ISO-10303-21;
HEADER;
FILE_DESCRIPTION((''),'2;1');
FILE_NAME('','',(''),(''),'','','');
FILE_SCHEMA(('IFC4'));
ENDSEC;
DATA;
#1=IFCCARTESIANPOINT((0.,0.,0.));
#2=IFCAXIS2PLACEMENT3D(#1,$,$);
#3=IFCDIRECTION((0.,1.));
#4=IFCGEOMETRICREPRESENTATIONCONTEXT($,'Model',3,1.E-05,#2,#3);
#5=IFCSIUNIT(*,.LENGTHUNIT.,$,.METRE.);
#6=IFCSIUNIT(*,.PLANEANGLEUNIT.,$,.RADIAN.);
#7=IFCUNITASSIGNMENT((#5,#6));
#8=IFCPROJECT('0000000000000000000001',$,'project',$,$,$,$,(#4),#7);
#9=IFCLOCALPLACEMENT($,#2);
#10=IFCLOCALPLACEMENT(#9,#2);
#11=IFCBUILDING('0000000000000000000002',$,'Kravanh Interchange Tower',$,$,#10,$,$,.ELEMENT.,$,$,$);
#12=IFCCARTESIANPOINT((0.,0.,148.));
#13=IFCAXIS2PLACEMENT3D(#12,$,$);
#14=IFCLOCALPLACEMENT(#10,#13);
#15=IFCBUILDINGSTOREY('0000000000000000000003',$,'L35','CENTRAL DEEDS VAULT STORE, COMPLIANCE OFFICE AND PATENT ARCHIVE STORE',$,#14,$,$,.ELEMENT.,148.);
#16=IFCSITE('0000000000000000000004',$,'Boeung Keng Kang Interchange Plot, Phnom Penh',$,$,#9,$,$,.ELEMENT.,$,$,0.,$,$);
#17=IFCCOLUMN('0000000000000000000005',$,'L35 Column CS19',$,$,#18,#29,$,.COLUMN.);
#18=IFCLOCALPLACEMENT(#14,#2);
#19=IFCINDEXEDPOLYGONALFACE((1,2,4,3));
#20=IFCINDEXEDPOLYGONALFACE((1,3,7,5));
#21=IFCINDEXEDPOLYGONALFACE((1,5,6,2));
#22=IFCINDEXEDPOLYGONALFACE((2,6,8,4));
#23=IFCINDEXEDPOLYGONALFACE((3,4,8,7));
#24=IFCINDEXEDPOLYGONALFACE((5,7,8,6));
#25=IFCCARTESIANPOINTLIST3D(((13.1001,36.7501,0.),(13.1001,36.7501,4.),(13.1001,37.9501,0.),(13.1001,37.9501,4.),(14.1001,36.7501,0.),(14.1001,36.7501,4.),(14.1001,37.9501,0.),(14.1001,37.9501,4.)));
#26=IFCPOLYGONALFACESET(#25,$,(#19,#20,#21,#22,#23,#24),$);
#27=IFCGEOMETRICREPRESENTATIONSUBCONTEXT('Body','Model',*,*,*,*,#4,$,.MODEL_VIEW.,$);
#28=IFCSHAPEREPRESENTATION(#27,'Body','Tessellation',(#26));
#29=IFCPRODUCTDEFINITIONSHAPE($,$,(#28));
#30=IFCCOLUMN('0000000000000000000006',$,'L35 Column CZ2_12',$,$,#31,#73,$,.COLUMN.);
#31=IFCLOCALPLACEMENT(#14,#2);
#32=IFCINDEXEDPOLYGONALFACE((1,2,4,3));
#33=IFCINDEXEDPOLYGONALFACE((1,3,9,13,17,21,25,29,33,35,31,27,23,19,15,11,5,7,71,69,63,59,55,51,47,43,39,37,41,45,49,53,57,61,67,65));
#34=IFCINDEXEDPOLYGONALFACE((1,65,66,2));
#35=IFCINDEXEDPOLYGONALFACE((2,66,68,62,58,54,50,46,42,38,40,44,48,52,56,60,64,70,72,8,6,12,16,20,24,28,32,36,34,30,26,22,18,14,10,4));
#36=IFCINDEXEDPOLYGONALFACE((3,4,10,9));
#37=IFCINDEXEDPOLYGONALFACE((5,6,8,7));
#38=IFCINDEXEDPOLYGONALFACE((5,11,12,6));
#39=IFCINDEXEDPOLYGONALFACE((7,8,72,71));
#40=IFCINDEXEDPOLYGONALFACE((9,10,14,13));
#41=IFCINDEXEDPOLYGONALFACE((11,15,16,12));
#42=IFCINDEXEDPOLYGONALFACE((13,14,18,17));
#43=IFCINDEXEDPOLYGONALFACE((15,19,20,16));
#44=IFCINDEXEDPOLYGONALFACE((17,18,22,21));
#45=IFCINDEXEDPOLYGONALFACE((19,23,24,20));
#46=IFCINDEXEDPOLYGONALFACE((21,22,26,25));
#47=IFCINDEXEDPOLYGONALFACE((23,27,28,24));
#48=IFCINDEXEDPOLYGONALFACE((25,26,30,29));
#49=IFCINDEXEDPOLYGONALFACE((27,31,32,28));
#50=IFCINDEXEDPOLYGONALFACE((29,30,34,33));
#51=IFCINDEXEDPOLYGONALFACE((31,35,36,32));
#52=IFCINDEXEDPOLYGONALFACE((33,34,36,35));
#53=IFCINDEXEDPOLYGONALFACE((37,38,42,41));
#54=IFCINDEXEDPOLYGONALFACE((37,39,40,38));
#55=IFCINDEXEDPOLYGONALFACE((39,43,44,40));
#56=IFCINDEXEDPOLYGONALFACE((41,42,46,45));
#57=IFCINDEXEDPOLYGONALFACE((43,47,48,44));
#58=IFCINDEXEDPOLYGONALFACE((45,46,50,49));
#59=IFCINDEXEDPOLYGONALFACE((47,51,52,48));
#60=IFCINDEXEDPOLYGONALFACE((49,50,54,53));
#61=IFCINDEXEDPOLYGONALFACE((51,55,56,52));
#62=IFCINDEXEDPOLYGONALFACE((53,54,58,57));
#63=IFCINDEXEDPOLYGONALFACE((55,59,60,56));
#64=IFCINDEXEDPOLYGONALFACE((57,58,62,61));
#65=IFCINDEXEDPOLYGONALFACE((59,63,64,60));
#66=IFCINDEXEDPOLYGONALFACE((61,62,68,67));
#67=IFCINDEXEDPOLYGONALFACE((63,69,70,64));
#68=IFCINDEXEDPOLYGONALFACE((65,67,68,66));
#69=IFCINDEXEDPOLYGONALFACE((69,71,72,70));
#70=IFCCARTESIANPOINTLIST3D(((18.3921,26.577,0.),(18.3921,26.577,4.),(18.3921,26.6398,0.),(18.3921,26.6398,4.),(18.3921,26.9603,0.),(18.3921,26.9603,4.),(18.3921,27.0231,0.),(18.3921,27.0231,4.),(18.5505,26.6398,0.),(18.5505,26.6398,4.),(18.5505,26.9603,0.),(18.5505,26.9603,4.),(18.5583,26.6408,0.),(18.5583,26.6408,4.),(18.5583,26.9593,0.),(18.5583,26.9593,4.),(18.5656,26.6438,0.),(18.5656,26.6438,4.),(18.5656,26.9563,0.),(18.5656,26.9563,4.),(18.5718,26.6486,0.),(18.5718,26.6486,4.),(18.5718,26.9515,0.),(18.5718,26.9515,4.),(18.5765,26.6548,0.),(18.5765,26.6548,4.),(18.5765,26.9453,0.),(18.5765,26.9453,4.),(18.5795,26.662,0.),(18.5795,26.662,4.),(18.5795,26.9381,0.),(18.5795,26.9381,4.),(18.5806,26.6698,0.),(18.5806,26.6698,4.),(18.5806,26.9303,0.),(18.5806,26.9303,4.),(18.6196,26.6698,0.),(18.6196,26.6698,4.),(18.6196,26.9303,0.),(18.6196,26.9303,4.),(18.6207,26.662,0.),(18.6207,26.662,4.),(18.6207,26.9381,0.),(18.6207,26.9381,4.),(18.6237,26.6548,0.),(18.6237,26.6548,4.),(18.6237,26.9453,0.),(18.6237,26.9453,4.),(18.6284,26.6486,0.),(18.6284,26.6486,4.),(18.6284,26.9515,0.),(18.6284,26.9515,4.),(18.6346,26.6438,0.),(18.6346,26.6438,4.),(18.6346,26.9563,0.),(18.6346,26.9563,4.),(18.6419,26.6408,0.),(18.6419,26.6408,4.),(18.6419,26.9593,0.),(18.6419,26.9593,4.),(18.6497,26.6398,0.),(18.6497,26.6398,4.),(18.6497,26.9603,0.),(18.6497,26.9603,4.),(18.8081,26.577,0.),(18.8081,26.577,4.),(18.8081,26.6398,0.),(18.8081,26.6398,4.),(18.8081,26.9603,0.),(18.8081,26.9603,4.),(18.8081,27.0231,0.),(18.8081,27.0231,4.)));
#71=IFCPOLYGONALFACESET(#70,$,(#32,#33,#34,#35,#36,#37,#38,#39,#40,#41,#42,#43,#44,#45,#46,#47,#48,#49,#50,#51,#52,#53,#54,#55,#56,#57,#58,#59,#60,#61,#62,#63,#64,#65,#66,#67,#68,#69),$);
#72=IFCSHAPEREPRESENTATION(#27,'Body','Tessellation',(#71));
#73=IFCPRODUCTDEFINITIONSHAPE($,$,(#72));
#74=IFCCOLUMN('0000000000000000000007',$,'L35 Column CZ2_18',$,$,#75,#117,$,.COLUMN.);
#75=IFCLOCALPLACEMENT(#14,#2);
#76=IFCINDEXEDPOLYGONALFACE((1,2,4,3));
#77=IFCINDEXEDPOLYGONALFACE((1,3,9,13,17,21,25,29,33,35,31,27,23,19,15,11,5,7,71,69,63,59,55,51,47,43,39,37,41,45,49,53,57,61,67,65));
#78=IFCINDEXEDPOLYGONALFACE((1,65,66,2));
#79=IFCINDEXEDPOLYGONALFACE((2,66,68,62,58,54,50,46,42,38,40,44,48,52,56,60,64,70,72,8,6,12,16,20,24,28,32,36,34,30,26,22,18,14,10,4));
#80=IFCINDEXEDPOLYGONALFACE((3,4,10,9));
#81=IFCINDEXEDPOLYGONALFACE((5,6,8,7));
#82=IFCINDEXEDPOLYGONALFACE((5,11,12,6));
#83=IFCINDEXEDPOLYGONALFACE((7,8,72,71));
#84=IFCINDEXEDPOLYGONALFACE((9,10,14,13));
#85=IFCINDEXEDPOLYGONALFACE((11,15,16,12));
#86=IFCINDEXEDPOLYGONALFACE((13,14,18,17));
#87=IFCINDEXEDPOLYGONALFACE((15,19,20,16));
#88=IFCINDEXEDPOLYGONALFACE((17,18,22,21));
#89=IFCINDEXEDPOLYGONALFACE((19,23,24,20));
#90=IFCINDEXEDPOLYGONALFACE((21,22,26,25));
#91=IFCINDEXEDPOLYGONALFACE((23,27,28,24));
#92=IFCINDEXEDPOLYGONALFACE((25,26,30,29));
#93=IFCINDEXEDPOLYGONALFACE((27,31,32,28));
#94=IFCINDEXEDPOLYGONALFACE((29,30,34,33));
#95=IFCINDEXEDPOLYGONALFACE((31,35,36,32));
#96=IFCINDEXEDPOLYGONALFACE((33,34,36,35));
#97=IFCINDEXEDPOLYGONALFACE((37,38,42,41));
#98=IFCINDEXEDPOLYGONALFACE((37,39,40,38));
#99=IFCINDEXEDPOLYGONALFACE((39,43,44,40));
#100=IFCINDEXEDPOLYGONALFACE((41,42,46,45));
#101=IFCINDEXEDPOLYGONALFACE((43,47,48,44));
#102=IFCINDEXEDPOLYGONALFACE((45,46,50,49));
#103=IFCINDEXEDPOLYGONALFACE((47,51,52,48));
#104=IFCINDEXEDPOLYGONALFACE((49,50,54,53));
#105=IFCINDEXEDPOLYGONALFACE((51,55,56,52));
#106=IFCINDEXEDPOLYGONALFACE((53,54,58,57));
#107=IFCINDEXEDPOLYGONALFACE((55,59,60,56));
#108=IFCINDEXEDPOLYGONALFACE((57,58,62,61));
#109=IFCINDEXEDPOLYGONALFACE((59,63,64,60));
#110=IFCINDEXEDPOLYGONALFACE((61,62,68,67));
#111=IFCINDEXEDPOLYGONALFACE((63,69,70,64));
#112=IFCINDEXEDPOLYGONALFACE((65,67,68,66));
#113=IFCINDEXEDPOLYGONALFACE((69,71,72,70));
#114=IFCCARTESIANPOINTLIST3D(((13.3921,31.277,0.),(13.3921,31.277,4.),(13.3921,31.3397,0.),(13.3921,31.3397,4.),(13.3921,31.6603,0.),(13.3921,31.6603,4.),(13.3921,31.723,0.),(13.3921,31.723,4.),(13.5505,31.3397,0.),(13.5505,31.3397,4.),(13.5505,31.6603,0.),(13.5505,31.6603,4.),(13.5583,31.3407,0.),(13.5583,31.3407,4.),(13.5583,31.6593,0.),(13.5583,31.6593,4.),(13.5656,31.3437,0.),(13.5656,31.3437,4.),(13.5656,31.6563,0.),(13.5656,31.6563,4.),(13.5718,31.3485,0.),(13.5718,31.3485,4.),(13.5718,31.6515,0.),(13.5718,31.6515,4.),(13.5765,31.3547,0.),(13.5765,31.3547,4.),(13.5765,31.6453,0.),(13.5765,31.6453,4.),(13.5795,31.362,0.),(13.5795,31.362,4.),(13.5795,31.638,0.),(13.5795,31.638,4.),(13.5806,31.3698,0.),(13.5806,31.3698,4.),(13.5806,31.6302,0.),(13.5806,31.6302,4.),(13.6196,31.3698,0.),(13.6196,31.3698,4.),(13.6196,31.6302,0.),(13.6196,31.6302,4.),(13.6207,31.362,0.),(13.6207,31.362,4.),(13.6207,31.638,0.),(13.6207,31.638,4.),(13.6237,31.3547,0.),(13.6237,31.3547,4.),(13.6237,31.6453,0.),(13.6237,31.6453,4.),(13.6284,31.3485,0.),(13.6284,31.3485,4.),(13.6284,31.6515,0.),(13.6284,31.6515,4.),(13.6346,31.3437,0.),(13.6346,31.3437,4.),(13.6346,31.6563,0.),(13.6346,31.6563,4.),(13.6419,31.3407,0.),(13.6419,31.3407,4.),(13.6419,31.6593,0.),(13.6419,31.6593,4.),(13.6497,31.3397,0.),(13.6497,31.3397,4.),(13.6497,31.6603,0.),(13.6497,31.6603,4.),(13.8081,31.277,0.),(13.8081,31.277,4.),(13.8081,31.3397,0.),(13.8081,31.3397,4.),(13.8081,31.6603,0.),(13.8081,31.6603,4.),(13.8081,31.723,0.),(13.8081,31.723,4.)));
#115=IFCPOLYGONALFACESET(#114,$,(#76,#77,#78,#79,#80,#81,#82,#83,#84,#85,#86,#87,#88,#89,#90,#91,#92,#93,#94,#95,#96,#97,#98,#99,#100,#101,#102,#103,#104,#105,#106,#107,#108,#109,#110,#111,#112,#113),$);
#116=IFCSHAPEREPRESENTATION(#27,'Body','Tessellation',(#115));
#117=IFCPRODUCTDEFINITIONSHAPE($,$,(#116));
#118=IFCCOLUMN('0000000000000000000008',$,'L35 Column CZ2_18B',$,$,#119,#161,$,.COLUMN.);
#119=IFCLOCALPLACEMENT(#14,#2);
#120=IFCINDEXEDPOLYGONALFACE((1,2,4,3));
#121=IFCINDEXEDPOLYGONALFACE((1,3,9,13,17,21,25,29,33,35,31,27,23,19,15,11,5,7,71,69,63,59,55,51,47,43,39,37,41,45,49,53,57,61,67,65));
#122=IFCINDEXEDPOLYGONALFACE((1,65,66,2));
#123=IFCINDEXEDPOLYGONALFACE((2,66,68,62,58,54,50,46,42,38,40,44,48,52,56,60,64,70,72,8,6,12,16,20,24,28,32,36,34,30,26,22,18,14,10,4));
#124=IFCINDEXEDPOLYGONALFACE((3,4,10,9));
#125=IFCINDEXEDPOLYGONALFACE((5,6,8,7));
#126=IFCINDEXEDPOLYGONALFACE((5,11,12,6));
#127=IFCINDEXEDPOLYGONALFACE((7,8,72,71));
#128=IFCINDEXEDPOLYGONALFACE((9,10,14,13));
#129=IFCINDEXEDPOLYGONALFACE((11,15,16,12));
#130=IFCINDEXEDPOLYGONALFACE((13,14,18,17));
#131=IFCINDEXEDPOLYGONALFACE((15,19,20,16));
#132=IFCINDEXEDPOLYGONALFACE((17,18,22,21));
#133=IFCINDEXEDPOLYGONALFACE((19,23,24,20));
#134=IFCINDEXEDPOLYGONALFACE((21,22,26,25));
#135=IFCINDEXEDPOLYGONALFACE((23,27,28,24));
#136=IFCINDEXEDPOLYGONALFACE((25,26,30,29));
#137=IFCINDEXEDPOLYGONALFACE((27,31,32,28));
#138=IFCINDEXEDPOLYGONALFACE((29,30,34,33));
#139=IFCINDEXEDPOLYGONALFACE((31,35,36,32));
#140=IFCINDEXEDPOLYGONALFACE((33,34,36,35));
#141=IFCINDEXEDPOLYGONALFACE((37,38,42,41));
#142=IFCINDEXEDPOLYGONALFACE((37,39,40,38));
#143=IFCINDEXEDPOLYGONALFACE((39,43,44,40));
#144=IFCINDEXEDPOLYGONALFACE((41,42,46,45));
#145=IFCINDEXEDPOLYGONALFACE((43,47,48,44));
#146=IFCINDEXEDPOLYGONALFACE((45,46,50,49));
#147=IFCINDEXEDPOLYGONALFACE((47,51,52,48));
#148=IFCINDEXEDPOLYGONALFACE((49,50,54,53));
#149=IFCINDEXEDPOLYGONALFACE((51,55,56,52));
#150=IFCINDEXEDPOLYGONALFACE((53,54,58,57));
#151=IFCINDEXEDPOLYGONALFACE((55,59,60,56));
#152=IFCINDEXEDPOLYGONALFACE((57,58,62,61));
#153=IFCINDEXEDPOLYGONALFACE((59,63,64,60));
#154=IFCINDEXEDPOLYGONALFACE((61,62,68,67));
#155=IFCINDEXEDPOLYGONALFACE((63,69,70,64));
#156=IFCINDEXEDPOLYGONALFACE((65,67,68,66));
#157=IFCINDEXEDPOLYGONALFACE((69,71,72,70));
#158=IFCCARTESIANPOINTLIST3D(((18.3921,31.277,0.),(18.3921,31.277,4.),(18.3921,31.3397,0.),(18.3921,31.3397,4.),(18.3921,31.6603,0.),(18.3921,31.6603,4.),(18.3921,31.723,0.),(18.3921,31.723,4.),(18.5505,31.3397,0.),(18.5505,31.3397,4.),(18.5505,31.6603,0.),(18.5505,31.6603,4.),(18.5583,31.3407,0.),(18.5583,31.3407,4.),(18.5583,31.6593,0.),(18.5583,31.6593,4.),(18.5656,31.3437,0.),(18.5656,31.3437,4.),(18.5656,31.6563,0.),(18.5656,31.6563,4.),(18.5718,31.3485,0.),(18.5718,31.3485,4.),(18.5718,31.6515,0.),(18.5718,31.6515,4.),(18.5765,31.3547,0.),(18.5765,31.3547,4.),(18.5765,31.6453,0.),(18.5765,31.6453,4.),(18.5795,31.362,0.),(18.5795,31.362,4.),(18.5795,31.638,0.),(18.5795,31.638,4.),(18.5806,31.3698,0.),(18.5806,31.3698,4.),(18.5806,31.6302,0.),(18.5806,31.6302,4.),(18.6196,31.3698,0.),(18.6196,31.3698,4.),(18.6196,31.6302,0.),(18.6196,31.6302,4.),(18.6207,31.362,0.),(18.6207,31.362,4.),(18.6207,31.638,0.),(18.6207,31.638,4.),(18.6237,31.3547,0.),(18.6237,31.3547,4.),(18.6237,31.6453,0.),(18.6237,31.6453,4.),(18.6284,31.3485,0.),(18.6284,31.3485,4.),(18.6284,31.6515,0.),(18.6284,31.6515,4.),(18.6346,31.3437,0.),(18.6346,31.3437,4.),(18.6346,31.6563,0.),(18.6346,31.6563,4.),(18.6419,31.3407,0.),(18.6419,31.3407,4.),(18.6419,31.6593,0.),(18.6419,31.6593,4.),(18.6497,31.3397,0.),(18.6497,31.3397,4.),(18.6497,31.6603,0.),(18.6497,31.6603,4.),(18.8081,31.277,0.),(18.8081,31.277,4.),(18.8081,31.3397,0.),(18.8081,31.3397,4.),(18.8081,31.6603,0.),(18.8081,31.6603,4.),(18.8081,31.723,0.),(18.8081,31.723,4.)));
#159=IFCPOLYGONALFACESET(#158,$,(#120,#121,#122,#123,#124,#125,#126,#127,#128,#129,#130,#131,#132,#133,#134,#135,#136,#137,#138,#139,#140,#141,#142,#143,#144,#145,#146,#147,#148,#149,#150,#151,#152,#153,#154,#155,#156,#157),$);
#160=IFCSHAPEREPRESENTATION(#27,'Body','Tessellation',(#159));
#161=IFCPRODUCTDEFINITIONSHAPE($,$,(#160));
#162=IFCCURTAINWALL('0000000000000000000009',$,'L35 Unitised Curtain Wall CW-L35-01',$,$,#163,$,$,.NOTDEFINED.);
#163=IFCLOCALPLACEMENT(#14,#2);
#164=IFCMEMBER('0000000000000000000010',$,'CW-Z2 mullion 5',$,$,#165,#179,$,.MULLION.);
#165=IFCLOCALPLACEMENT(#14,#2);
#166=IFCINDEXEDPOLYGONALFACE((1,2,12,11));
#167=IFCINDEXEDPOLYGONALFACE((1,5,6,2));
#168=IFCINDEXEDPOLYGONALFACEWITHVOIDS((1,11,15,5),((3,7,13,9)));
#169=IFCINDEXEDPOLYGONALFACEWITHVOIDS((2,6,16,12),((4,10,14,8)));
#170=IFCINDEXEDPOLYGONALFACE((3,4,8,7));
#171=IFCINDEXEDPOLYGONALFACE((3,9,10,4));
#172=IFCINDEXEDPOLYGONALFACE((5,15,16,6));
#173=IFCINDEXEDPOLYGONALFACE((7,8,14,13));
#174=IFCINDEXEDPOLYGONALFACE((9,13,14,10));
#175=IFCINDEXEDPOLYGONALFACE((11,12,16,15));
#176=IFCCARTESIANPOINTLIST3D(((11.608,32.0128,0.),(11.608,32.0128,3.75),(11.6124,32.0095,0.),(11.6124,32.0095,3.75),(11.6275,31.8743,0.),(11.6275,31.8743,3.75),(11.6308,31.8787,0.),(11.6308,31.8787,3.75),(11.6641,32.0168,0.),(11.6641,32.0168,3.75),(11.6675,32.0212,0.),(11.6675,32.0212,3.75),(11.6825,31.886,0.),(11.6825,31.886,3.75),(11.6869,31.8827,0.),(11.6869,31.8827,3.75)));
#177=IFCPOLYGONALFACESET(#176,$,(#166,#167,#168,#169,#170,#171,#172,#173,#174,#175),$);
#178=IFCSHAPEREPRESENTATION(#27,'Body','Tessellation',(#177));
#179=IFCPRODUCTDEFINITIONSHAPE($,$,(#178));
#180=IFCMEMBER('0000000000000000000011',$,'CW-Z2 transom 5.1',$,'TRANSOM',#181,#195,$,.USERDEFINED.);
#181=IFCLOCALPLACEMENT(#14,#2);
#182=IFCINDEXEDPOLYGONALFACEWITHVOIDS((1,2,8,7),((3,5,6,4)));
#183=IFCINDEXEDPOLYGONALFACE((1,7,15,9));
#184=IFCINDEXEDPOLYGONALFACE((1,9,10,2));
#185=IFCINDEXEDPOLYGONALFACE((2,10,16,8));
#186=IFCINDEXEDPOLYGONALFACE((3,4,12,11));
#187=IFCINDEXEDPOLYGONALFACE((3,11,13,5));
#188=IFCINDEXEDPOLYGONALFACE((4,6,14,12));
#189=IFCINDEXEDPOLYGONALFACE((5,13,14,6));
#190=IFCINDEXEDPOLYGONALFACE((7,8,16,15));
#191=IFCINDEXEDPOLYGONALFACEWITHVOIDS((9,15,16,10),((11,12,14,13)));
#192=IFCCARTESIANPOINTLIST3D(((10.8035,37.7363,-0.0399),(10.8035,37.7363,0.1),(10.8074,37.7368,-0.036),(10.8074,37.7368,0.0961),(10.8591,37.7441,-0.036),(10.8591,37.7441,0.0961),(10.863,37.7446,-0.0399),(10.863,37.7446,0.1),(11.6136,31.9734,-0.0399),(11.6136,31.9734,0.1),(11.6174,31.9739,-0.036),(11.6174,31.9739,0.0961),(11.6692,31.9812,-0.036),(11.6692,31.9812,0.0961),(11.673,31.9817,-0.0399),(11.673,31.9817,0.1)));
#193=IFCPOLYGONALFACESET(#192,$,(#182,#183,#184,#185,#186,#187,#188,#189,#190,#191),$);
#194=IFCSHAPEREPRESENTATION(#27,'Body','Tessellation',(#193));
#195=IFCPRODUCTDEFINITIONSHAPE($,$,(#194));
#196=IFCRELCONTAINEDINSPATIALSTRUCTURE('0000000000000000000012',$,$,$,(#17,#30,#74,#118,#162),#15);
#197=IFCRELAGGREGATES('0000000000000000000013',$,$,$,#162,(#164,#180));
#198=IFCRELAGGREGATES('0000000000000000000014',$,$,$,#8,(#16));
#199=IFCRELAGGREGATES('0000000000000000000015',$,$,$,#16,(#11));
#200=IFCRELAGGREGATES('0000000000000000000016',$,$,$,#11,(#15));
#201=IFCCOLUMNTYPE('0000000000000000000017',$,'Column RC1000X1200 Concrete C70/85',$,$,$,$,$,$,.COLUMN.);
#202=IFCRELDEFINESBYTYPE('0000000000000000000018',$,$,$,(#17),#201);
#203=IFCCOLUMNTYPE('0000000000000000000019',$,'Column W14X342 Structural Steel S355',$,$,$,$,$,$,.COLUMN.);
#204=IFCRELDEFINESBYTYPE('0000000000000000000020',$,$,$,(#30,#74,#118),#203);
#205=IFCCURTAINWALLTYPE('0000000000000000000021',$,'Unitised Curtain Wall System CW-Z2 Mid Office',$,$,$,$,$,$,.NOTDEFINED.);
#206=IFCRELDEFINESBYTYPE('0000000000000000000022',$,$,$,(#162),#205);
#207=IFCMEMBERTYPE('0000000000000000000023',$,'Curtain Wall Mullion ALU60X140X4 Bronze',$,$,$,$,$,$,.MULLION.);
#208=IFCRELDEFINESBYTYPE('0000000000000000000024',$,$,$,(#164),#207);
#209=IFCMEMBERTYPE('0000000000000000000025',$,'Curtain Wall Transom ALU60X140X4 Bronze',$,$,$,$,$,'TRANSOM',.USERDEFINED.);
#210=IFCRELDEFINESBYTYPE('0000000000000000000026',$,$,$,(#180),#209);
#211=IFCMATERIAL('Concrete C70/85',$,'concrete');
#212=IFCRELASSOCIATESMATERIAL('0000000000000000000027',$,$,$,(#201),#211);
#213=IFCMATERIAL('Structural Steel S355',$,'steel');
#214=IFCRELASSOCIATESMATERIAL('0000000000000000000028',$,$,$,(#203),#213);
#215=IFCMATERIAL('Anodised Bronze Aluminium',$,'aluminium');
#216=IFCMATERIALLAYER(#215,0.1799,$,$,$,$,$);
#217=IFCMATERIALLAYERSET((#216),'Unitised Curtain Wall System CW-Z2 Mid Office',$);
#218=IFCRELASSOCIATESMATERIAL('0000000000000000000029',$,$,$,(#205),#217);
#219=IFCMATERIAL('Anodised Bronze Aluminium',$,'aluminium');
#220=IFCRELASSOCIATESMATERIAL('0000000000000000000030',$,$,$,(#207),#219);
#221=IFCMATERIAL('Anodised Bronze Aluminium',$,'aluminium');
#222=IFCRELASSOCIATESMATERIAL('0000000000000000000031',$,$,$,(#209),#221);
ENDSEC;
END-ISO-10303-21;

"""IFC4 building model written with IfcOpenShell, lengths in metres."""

from ifc_helpers import new_model, si_unit, direction, frame, origin, origin_2d, place, context, subcontext, project, spatial, rectangle, hollow_rectangle, i_section, extrude, material, layer, layer_set, material_profile, profile_set, type_object, element, aggregate, save


model = new_model("IFC4")

# Units and contexts
model_context = context("Model", 3, precision=1e-05, world=origin(), true_north=direction((0.0, 1.0)))
body_context = subcontext(model_context, "Body", "Model", "MODEL_VIEW")
ifc_project = project(units=[si_unit("LENGTHUNIT", "METRE"), si_unit("PLANEANGLEUNIT", "RADIAN")], contexts=[model_context])

# Site, building, storey
site_placement = place(None, origin())
site = spatial("IfcSite", under=ifc_project, at=site_placement, Name="Boeung Keng Kang Interchange Plot, Phnom Penh", CompositionType="ELEMENT", RefElevation=0.0)
building_placement = place(site_placement, origin())
building = spatial("IfcBuilding", under=site, at=building_placement, Name="Kravanh Interchange Tower", CompositionType="ELEMENT")
storey_placement = place(building_placement, frame((0.0, 0.0, 148.0)))
storey = spatial("IfcBuildingStorey", under=building, at=storey_placement, Name="L35", Description="CENTRAL DEEDS VAULT STORE, COMPLIANCE OFFICE AND PATENT ARCHIVE STORE", CompositionType="ELEMENT", Elevation=148.0)

# Columns
ifc_material_1 = material(Name="Concrete C70/85", Category="concrete")
ifc_material_profile_1 = material_profile(ifc_material_1, rectangle(XDim=1.0, YDim=1.2, at=origin_2d()), Name="RC1000X1200")
ifc_profile_set_1 = profile_set([ifc_material_profile_1], Name="Concrete C70/85")
column_type_1 = type_object("IfcColumnType", Name="Column RC1000X1200 Concrete C70/85", PredefinedType="COLUMN", material=ifc_profile_set_1)
column_placement = place(storey_placement, frame((13.6001, 37.3501, 0.0), z_axis=(0.0, 0.0, 1.0), x_axis=(1.0, 0.0, 0.0)))
element("IfcColumn", 1, at=column_placement, inside=storey, type_object=column_type_1, Name="L35 Column CS19", PredefinedType="COLUMN", context=body_context, shape_type="SweptSolid", body=[
    extrude(rectangle(XDim=1.0, YDim=1.2, at=origin_2d()), origin(), (0.0, 0.0, 1.0), 4.0),
])
ifc_material_2 = material(Name="Structural Steel S355", Category="steel")
ifc_material_profile_2 = material_profile(ifc_material_2, i_section(OverallWidth=0.416, OverallDepth=0.446, WebThickness=0.0391, FlangeThickness=0.0627, FilletRadius=0.03, at=origin_2d()), Name="W14X342")
ifc_profile_set_2 = profile_set([ifc_material_profile_2], Name="Structural Steel S355")
column_type_2 = type_object("IfcColumnType", Name="Column W14X342 Structural Steel S355", PredefinedType="COLUMN", material=ifc_profile_set_2)
for number, where, z_axis, x_axis, name in (
    (2, (18.6001, 26.8, 0.0), (0.0, 0.0, 1.0), (1.0, 0.0, 0.0), "L35 Column CZ2_12"),
    (3, (13.6001, 31.5, 0.0), (0.0, 0.0, 1.0), (1.0, 0.0, 0.0), "L35 Column CZ2_18"),
    (4, (18.6001, 31.5, 0.0), (0.0, 0.0, 1.0), (1.0, 0.0, 0.0), "L35 Column CZ2_18B"),
):
    element("IfcColumn", number, at=place(storey_placement, frame(where, z_axis=z_axis, x_axis=x_axis)), inside=storey, type_object=column_type_2, Name=name, PredefinedType="COLUMN", context=body_context, shape_type="SweptSolid", body=[
        extrude(i_section(OverallWidth=0.416, OverallDepth=0.446, WebThickness=0.0391, FlangeThickness=0.0627, FilletRadius=0.03, at=origin_2d()), origin(), (0.0, 0.0, 1.0), 4.0),
    ])

# Curtain wall, members
ifc_material_3 = material(Name="Anodised Bronze Aluminium", Category="aluminium")
ifc_layer_1 = layer(ifc_material_3, 0.1799)
ifc_layer_set_1 = layer_set([ifc_layer_1], Name="Unitised Curtain Wall System CW-Z2 Mid Office")
curtain_wall_type = type_object("IfcCurtainWallType", Name="Unitised Curtain Wall System CW-Z2 Mid Office", PredefinedType="NOTDEFINED", material=ifc_layer_set_1)
curtain_wall_placement = place(storey_placement, origin())
curtain_wall = element("IfcCurtainWall", 5, at=curtain_wall_placement, inside=storey, type_object=curtain_wall_type, Name="L35 Unitised Curtain Wall CW-L35-01", PredefinedType="NOTDEFINED")
ifc_material_4 = material(Name="Anodised Bronze Aluminium", Category="aluminium")
ifc_material_profile_3 = material_profile(ifc_material_4, hollow_rectangle(XDim=0.0601, YDim=0.1399, WallThickness=0.0039, at=origin_2d()), Name="ALU60X140X4")
ifc_profile_set_3 = profile_set([ifc_material_profile_3], Name="Anodised Bronze Aluminium")
member_type_1 = type_object("IfcMemberType", Name="Curtain Wall Mullion ALU60X140X4 Bronze", PredefinedType="MULLION", material=ifc_profile_set_3)
member_1_placement = place(storey_placement, frame((11.6475, 31.9478, 0.0), z_axis=(0.0, 0.0, 1.0), x_axis=(-0.990268, -0.139173, 0.0)))
member_1 = element("IfcMember", 6, at=member_1_placement, type_object=member_type_1, Name="CW-Z2 mullion 5", PredefinedType="MULLION", context=body_context, shape_type="SweptSolid", body=[
    extrude(hollow_rectangle(XDim=0.0601, YDim=0.1399, WallThickness=0.0039, at=origin_2d()), origin(), (0.0, 0.0, 1.0), 3.75),
])
ifc_material_5 = material(Name="Anodised Bronze Aluminium", Category="aluminium")
ifc_material_profile_4 = material_profile(ifc_material_5, hollow_rectangle(XDim=0.0601, YDim=0.1399, WallThickness=0.0039, at=origin_2d()), Name="ALU60X140X4")
ifc_profile_set_4 = profile_set([ifc_material_profile_4], Name="Anodised Bronze Aluminium")
member_type_2 = type_object("IfcMemberType", Name="Curtain Wall Transom ALU60X140X4 Bronze", ElementType="TRANSOM", PredefinedType="USERDEFINED", material=ifc_profile_set_4)
member_2_placement = place(storey_placement, frame((11.6433, 31.9775, 0.03), z_axis=(-0.139195, 0.990265, 0.0), x_axis=(-0.990265, -0.139195, 0.0)))
member_2 = element("IfcMember", 7, at=member_2_placement, type_object=member_type_2, Name="CW-Z2 transom 5.1", ObjectType="TRANSOM", PredefinedType="USERDEFINED", context=body_context, shape_type="SweptSolid", body=[
    extrude(hollow_rectangle(XDim=0.0601, YDim=0.1399, WallThickness=0.0039, at=origin_2d()), origin(), (0.0, 0.0, 1.0), 5.8196),
])

aggregate(curtain_wall, [member_1, member_2])

save(model, "model.ifc")
